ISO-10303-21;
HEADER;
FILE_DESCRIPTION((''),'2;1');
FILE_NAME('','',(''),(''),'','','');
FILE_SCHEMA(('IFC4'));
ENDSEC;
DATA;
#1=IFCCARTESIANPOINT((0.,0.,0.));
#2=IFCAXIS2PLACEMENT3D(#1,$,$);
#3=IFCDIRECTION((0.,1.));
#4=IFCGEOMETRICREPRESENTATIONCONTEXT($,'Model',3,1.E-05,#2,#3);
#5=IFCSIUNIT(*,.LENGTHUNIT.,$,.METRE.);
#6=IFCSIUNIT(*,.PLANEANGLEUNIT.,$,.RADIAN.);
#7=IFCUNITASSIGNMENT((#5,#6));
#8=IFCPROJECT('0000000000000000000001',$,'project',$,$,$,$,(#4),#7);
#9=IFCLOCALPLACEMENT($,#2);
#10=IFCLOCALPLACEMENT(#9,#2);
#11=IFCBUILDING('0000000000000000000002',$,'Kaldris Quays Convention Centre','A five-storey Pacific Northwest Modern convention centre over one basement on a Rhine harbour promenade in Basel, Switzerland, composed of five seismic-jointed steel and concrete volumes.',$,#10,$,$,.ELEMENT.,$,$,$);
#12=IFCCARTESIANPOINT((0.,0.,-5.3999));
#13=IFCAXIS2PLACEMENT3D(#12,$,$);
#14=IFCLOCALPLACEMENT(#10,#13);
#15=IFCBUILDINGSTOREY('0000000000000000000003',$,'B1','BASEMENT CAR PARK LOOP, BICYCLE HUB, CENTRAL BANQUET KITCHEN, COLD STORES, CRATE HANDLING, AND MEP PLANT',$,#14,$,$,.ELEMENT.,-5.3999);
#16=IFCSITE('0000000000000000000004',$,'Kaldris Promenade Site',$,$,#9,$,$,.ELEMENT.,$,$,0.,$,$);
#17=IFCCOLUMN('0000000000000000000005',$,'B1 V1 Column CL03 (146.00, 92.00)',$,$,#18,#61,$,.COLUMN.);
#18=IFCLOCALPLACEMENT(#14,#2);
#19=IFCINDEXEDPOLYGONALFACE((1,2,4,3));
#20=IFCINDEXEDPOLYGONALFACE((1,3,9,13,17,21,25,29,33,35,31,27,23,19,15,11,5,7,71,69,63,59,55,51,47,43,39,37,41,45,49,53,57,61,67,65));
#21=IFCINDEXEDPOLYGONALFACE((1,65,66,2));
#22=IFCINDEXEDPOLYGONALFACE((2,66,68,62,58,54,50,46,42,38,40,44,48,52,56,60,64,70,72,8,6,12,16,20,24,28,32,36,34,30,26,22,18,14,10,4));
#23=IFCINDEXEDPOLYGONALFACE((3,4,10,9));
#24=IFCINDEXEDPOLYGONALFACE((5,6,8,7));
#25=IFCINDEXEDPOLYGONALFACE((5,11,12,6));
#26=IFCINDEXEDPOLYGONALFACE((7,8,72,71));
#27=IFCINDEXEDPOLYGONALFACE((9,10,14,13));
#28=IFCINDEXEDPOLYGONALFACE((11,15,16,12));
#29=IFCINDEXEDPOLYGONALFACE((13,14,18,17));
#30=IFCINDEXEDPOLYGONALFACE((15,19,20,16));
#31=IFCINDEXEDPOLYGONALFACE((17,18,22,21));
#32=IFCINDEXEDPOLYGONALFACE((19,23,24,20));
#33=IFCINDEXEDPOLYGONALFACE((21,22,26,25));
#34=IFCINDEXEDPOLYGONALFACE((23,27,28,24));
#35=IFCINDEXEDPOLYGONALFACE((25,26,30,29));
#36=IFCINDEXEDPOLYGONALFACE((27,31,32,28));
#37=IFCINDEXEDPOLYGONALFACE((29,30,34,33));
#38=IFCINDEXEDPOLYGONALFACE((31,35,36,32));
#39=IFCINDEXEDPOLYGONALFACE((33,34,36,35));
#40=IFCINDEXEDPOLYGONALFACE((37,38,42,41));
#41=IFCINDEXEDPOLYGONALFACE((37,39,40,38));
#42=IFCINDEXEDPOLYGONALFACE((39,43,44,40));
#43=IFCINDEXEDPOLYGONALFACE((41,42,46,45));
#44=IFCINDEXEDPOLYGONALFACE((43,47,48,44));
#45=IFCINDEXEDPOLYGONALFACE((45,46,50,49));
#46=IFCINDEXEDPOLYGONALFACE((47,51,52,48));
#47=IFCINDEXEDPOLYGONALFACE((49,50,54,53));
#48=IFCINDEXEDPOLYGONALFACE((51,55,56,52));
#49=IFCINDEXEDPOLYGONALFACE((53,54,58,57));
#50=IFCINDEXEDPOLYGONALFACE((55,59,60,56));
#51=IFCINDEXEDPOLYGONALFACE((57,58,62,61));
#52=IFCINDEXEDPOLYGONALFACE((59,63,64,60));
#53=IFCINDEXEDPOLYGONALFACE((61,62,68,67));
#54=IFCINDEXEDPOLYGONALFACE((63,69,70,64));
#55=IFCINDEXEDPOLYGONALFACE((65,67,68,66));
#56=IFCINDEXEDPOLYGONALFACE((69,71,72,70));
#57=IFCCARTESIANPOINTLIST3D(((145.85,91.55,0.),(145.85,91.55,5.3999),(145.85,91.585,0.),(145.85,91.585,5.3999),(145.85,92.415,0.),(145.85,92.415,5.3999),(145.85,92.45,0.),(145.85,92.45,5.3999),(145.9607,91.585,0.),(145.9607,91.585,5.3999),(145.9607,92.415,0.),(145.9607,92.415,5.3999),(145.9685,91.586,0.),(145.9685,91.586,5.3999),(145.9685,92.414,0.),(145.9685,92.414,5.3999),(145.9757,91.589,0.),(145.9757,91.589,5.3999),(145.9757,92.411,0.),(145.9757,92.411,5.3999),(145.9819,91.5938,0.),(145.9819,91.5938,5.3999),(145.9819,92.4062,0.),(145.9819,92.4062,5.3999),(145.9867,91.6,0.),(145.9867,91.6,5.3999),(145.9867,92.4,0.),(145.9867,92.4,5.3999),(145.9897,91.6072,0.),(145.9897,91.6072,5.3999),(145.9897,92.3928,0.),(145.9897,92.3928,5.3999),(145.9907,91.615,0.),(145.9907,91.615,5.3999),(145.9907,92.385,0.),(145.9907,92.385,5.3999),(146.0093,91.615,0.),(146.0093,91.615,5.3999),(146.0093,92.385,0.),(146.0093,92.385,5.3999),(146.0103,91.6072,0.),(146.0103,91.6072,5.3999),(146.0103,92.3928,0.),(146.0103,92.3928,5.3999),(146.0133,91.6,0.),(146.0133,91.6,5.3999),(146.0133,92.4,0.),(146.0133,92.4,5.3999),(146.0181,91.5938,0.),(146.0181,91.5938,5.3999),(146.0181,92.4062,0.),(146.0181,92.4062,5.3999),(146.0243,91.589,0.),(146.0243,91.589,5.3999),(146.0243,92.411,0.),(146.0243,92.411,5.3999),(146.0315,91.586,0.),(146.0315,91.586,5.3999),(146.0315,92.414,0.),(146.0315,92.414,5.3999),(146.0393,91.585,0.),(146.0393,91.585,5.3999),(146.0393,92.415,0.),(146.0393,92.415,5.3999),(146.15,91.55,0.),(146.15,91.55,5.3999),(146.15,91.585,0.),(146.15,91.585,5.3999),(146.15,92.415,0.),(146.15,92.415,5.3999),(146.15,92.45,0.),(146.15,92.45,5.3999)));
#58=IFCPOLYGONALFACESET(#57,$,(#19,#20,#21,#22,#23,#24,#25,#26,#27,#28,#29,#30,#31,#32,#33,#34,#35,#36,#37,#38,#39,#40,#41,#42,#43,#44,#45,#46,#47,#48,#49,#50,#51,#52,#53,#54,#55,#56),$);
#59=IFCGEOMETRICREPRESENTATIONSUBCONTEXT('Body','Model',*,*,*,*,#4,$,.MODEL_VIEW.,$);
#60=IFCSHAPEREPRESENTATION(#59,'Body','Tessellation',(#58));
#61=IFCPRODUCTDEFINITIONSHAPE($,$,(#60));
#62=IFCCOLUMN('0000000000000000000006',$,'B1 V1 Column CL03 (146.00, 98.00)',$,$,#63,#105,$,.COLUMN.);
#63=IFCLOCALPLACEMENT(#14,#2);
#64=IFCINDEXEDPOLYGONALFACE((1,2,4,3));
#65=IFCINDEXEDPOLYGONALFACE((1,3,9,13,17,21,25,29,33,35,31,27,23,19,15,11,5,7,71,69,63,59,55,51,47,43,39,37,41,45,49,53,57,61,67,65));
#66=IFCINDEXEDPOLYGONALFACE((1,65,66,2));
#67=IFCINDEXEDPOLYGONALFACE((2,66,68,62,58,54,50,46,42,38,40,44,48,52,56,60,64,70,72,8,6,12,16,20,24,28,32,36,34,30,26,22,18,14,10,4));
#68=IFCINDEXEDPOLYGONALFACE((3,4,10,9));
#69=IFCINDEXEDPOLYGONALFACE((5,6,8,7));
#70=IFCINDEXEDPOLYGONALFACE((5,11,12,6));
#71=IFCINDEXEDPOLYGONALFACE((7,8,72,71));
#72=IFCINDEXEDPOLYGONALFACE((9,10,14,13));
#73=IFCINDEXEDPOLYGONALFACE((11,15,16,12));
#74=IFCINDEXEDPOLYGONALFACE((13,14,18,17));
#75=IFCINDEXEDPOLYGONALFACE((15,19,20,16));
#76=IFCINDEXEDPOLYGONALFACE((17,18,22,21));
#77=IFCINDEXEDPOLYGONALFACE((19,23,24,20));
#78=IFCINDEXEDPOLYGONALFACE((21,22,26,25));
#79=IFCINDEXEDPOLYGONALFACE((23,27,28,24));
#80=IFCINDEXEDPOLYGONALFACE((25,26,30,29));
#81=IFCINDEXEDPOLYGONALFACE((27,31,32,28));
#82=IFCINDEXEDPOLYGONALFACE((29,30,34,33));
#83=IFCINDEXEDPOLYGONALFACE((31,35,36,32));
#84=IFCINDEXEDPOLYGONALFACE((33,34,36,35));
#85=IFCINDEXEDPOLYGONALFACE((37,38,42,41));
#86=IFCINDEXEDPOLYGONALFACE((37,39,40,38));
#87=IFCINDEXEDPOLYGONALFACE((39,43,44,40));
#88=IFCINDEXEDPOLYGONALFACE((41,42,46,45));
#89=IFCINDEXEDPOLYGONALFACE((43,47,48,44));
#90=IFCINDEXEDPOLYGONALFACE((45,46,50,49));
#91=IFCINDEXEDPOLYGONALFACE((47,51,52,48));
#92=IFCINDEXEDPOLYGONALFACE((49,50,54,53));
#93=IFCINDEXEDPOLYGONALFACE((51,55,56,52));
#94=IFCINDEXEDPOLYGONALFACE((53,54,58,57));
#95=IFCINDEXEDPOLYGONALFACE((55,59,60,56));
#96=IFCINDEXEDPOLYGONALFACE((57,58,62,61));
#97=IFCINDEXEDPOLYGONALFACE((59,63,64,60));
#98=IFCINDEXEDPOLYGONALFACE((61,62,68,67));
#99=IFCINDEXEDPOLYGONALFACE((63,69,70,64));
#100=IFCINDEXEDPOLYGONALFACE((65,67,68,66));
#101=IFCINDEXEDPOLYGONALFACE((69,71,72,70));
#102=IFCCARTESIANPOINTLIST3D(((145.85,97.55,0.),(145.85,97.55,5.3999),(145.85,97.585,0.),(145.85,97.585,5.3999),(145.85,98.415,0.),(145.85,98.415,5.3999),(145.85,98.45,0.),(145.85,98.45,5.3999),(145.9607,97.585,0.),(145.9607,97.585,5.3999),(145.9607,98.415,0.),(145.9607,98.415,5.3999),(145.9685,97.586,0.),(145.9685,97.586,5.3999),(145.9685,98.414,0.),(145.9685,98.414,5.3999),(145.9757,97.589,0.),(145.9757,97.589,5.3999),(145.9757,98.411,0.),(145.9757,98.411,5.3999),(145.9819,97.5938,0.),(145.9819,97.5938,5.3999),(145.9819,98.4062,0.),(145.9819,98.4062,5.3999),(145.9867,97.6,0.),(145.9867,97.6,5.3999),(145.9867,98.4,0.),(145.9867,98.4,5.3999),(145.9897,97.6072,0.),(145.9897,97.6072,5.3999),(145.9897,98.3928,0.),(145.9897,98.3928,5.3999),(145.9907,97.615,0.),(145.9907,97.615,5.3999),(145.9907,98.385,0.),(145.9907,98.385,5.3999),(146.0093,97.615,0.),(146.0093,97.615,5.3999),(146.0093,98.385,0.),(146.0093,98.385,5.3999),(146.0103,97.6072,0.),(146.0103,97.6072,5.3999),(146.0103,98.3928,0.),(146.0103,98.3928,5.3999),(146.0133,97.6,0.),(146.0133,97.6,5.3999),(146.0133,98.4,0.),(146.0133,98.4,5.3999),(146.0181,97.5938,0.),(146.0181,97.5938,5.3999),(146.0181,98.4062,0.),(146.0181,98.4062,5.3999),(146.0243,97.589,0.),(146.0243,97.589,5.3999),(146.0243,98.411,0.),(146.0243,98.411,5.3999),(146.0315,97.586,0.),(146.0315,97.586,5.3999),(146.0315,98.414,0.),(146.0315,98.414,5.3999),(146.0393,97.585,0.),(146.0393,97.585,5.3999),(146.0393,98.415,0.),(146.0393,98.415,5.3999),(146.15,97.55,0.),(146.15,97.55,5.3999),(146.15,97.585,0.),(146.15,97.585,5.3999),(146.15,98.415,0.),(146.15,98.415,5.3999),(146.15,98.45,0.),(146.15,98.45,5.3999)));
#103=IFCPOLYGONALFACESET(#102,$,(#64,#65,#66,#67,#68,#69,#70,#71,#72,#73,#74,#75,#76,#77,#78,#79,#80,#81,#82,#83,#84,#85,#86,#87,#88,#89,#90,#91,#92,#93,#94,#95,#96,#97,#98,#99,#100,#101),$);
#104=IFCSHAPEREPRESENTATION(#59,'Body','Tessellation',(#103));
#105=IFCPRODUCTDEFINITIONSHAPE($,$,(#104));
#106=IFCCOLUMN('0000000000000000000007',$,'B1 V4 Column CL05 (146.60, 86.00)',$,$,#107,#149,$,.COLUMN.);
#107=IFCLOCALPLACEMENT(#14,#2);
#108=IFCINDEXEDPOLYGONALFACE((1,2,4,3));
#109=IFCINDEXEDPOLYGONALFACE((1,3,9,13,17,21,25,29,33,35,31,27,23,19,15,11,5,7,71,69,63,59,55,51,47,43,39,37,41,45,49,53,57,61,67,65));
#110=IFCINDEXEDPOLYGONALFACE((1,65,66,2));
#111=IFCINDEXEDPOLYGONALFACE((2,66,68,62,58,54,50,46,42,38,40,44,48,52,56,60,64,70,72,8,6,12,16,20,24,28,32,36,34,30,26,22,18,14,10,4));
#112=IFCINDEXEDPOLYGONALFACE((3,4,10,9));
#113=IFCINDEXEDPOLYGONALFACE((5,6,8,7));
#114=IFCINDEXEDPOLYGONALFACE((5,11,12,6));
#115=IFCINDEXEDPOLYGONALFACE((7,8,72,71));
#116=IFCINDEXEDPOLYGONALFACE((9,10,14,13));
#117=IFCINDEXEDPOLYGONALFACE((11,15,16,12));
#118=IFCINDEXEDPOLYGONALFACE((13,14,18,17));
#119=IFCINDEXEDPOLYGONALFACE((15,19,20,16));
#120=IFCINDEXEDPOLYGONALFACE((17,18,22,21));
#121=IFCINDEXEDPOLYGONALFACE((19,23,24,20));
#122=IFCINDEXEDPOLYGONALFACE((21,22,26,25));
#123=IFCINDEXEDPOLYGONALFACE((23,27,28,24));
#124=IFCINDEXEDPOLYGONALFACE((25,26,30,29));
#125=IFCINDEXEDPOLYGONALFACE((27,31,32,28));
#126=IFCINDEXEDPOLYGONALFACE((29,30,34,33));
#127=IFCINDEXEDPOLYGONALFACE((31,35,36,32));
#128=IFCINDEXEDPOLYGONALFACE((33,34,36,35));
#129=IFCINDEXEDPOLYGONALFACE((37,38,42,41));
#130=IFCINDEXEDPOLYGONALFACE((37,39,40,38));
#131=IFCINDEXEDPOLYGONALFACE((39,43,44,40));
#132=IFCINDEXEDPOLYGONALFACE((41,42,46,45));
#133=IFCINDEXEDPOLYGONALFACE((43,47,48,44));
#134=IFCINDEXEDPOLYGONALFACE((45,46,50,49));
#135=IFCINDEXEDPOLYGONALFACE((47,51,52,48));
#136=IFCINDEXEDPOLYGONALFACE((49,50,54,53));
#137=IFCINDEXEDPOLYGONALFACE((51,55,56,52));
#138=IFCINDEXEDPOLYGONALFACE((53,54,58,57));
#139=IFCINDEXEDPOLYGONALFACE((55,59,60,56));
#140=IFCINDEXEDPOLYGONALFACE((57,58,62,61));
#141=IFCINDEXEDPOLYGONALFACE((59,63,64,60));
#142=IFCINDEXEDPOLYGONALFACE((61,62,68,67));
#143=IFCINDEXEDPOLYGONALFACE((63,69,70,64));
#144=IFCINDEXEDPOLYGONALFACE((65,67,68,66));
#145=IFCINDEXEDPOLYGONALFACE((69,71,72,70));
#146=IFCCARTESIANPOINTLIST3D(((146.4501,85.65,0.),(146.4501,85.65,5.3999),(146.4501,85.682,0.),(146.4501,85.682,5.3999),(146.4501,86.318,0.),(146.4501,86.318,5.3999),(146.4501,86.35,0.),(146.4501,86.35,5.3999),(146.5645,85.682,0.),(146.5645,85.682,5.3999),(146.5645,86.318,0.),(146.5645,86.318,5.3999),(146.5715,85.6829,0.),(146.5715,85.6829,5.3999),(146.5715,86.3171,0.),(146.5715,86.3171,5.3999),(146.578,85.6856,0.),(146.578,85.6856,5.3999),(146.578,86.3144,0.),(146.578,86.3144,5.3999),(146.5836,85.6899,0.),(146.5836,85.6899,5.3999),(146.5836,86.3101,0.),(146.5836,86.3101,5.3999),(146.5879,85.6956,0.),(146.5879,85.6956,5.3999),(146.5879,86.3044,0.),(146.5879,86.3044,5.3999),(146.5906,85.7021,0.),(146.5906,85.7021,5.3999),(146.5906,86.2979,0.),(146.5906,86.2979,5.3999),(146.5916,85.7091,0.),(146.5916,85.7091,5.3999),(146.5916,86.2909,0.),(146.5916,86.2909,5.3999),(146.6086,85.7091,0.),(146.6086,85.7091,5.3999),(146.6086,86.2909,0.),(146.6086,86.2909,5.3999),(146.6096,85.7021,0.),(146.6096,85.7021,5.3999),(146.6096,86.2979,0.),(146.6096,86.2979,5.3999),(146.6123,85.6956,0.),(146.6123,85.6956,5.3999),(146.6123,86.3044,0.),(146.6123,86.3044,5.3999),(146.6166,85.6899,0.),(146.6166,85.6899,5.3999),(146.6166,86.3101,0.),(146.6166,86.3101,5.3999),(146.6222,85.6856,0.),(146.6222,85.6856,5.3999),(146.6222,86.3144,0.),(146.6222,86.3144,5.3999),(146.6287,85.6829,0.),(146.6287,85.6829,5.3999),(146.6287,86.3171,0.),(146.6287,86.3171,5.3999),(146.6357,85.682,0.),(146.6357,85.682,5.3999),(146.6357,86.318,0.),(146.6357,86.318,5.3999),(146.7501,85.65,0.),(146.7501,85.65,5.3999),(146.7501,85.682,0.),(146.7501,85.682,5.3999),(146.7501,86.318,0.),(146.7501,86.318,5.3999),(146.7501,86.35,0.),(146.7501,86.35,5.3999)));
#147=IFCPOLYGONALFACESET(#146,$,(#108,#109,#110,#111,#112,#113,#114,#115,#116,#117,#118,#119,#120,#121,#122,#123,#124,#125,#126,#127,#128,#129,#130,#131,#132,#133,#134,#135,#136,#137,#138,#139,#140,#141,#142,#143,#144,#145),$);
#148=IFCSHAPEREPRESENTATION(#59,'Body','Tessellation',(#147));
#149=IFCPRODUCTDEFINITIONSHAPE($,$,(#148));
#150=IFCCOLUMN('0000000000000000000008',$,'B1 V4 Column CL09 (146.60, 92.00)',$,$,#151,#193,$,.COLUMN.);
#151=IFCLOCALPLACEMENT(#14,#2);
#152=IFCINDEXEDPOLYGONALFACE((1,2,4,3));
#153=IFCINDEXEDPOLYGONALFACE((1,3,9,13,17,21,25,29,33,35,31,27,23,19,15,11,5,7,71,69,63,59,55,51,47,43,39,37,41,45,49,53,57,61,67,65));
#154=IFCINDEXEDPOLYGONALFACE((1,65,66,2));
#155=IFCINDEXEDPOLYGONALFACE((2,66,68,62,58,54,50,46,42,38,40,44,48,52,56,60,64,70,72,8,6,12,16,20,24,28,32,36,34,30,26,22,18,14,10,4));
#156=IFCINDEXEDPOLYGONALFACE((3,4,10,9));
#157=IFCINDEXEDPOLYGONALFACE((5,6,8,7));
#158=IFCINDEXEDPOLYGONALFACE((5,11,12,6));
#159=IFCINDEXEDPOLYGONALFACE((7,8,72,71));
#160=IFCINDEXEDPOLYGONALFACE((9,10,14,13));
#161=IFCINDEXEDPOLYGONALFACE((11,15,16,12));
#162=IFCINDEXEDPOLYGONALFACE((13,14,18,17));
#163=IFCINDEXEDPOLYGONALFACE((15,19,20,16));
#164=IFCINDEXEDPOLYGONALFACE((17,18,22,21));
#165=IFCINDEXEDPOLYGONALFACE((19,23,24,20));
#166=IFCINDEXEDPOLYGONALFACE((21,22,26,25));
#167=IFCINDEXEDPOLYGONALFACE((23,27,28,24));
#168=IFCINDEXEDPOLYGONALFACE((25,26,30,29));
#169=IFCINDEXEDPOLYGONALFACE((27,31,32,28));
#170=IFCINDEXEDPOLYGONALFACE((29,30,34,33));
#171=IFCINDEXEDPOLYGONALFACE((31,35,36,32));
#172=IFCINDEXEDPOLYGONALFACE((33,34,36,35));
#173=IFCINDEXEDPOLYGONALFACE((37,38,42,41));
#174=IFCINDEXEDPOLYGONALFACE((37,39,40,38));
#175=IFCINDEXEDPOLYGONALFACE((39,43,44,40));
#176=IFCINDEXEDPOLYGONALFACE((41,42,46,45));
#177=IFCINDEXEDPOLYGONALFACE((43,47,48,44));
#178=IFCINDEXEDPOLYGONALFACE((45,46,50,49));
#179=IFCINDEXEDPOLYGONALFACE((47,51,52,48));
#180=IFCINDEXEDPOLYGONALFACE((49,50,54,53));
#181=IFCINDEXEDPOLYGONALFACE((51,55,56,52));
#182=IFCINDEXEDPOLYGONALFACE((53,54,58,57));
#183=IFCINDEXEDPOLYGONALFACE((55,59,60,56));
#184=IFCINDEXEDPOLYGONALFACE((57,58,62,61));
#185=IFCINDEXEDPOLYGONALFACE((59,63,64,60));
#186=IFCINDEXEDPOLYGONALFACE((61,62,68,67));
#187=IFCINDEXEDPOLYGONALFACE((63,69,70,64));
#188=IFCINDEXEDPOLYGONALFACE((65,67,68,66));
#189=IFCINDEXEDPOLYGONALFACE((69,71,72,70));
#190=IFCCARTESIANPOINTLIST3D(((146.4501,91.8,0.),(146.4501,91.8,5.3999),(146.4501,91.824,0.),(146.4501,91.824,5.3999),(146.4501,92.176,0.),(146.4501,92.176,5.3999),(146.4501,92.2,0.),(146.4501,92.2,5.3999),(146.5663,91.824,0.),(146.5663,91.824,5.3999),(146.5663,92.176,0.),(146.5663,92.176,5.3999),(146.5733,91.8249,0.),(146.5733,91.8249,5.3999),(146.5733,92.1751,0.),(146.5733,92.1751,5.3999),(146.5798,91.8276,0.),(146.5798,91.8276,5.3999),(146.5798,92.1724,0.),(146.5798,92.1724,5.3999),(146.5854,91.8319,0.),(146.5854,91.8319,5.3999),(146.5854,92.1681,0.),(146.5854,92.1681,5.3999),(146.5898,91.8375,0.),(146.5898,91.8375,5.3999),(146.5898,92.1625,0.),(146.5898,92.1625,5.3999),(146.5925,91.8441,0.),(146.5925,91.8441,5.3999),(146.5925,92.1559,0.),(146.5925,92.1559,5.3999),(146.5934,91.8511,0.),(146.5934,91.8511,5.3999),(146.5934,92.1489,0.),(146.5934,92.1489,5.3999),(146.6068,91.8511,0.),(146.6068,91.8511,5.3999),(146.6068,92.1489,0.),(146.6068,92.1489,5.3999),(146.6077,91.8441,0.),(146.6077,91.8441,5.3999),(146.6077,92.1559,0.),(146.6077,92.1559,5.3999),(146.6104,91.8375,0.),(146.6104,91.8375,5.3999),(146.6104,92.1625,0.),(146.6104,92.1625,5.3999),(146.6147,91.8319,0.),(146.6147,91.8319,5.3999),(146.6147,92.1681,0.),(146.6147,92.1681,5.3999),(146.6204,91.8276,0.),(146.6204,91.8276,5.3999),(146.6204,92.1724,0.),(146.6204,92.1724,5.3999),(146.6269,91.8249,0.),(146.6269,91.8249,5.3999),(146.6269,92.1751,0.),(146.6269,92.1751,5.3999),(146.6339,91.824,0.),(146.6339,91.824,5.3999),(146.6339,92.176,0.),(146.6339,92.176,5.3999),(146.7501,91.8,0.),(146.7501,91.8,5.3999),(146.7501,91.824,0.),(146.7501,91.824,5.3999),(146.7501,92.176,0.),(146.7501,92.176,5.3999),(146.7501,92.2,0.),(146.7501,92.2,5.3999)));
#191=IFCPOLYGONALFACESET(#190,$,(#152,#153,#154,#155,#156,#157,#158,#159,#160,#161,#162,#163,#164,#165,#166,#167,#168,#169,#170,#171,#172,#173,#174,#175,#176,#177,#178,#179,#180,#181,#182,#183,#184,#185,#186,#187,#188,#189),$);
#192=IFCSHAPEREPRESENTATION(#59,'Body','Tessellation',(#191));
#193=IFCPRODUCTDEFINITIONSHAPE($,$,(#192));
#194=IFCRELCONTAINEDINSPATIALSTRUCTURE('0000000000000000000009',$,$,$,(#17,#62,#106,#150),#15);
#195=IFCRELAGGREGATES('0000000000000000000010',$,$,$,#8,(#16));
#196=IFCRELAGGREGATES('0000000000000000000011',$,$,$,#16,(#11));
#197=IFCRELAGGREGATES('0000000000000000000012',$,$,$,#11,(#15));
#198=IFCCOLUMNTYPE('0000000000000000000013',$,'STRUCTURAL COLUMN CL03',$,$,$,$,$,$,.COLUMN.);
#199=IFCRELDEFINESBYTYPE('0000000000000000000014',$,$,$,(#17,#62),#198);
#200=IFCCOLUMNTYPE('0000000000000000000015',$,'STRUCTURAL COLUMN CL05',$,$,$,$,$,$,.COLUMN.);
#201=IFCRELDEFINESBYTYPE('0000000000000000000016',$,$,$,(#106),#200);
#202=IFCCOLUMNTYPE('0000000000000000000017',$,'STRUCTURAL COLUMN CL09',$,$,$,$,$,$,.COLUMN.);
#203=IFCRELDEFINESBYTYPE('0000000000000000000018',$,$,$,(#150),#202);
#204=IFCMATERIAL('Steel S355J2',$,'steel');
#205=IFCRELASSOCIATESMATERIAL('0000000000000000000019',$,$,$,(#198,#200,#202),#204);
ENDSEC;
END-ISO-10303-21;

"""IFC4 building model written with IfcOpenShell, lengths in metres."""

from ifc_helpers import new_model, si_unit, direction, frame, origin, origin_2d, place, context, subcontext, project, spatial, i_section, extrude, material, material_profile, profile_set, type_object, element, save


model = new_model("IFC4")

# Units and contexts
model_context = context("Model", 3, precision=1e-05, world=origin(), true_north=direction((0.0, 1.0)))
body_context = subcontext(model_context, "Body", "Model", "MODEL_VIEW")
ifc_project = project(units=[si_unit("LENGTHUNIT", "METRE"), si_unit("PLANEANGLEUNIT", "RADIAN")], contexts=[model_context])

# Site, building, storey
site_placement = place(None, origin())
site = spatial("IfcSite", under=ifc_project, at=site_placement, Name="Kaldris Promenade Site", CompositionType="ELEMENT", RefElevation=0.0)
building_placement = place(site_placement, origin())
building = spatial("IfcBuilding", under=site, at=building_placement, Name="Kaldris Quays Convention Centre", Description="A five-storey Pacific Northwest Modern convention centre over one basement on a Rhine harbour promenade in Basel, Switzerland, composed of five seismic-jointed steel and concrete volumes.", CompositionType="ELEMENT")
storey_placement = place(building_placement, frame((0.0, 0.0, -5.3999)))
storey = spatial("IfcBuildingStorey", under=building, at=storey_placement, Name="B1", Description="BASEMENT CAR PARK LOOP, BICYCLE HUB, CENTRAL BANQUET KITCHEN, COLD STORES, CRATE HANDLING, AND MEP PLANT", CompositionType="ELEMENT", Elevation=-5.3999)

# Columns
ifc_material_1 = material(Name="Steel S355J2", Category="steel")
ifc_material_profile_1 = material_profile(ifc_material_1, i_section(OverallWidth=0.3, OverallDepth=0.8999, WebThickness=0.0186, FlangeThickness=0.0349, FilletRadius=0.03, at=origin_2d()), Name="HEB 900")
ifc_profile_set_1 = profile_set([ifc_material_profile_1], Name="Steel S355J2")
column_type_1 = type_object("IfcColumnType", Name="STRUCTURAL COLUMN CL03", PredefinedType="COLUMN", material=ifc_profile_set_1)
for number, where, z_axis, x_axis, name in (
    (1, (146.0, 92.0, 0.0), (0.0, 0.0, 1.0), (1.0, 0.0, 0.0), "B1 V1 Column CL03 (146.00, 92.00)"),
    (2, (146.0, 98.0, 0.0), (0.0, 0.0, 1.0), (1.0, 0.0, 0.0), "B1 V1 Column CL03 (146.00, 98.00)"),
):
    element("IfcColumn", number, at=place(storey_placement, frame(where, z_axis=z_axis, x_axis=x_axis)), inside=storey, type_object=column_type_1, Name=name, PredefinedType="COLUMN", context=body_context, shape_type="SweptSolid", body=[
        extrude(i_section(OverallWidth=0.3, OverallDepth=0.8999, WebThickness=0.0186, FlangeThickness=0.0349, FilletRadius=0.03, at=origin_2d()), origin(), (0.0, 0.0, 1.0), 5.3999),
    ])
ifc_material_profile_2 = material_profile(ifc_material_1, i_section(OverallWidth=0.3, OverallDepth=0.7, WebThickness=0.0171, FlangeThickness=0.032, FilletRadius=0.0271, at=origin_2d()), Name="HEB 700")
ifc_profile_set_2 = profile_set([ifc_material_profile_2], Name="Steel S355J2")
column_type_2 = type_object("IfcColumnType", Name="STRUCTURAL COLUMN CL05", PredefinedType="COLUMN", material=ifc_profile_set_2)
column_placement = place(storey_placement, frame((146.6001, 86.0, 0.0), z_axis=(0.0, 0.0, 1.0), x_axis=(1.0, 0.0, 0.0)))
element("IfcColumn", 3, at=column_placement, inside=storey, type_object=column_type_2, Name="B1 V4 Column CL05 (146.60, 86.00)", PredefinedType="COLUMN", context=body_context, shape_type="SweptSolid", body=[
    extrude(i_section(OverallWidth=0.3, OverallDepth=0.7, WebThickness=0.0171, FlangeThickness=0.032, FilletRadius=0.0271, at=origin_2d()), origin(), (0.0, 0.0, 1.0), 5.3999),
])
ifc_material_profile_3 = material_profile(ifc_material_1, i_section(OverallWidth=0.3, OverallDepth=0.3999, WebThickness=0.0134, FlangeThickness=0.0239, FilletRadius=0.0271, at=origin_2d()), Name="HEB 400")
ifc_profile_set_3 = profile_set([ifc_material_profile_3], Name="Steel S355J2")
column_type_3 = type_object("IfcColumnType", Name="STRUCTURAL COLUMN CL09", PredefinedType="COLUMN", material=ifc_profile_set_3)
for number, where, z_axis, x_axis, name in (
    (4, (146.6001, 92.0, 0.0), (0.0, 0.0, 1.0), (1.0, 0.0, 0.0), "B1 V4 Column CL09 (146.60, 92.00)"),
):
    element("IfcColumn", number, at=place(storey_placement, frame(where, z_axis=z_axis, x_axis=x_axis)), inside=storey, type_object=column_type_3, Name=name, PredefinedType="COLUMN", context=body_context, shape_type="SweptSolid", body=[
        extrude(i_section(OverallWidth=0.3, OverallDepth=0.3999, WebThickness=0.0134, FlangeThickness=0.0239, FilletRadius=0.0271, at=origin_2d()), origin(), (0.0, 0.0, 1.0), 5.3999),
    ])

save(model, "model.ifc")
